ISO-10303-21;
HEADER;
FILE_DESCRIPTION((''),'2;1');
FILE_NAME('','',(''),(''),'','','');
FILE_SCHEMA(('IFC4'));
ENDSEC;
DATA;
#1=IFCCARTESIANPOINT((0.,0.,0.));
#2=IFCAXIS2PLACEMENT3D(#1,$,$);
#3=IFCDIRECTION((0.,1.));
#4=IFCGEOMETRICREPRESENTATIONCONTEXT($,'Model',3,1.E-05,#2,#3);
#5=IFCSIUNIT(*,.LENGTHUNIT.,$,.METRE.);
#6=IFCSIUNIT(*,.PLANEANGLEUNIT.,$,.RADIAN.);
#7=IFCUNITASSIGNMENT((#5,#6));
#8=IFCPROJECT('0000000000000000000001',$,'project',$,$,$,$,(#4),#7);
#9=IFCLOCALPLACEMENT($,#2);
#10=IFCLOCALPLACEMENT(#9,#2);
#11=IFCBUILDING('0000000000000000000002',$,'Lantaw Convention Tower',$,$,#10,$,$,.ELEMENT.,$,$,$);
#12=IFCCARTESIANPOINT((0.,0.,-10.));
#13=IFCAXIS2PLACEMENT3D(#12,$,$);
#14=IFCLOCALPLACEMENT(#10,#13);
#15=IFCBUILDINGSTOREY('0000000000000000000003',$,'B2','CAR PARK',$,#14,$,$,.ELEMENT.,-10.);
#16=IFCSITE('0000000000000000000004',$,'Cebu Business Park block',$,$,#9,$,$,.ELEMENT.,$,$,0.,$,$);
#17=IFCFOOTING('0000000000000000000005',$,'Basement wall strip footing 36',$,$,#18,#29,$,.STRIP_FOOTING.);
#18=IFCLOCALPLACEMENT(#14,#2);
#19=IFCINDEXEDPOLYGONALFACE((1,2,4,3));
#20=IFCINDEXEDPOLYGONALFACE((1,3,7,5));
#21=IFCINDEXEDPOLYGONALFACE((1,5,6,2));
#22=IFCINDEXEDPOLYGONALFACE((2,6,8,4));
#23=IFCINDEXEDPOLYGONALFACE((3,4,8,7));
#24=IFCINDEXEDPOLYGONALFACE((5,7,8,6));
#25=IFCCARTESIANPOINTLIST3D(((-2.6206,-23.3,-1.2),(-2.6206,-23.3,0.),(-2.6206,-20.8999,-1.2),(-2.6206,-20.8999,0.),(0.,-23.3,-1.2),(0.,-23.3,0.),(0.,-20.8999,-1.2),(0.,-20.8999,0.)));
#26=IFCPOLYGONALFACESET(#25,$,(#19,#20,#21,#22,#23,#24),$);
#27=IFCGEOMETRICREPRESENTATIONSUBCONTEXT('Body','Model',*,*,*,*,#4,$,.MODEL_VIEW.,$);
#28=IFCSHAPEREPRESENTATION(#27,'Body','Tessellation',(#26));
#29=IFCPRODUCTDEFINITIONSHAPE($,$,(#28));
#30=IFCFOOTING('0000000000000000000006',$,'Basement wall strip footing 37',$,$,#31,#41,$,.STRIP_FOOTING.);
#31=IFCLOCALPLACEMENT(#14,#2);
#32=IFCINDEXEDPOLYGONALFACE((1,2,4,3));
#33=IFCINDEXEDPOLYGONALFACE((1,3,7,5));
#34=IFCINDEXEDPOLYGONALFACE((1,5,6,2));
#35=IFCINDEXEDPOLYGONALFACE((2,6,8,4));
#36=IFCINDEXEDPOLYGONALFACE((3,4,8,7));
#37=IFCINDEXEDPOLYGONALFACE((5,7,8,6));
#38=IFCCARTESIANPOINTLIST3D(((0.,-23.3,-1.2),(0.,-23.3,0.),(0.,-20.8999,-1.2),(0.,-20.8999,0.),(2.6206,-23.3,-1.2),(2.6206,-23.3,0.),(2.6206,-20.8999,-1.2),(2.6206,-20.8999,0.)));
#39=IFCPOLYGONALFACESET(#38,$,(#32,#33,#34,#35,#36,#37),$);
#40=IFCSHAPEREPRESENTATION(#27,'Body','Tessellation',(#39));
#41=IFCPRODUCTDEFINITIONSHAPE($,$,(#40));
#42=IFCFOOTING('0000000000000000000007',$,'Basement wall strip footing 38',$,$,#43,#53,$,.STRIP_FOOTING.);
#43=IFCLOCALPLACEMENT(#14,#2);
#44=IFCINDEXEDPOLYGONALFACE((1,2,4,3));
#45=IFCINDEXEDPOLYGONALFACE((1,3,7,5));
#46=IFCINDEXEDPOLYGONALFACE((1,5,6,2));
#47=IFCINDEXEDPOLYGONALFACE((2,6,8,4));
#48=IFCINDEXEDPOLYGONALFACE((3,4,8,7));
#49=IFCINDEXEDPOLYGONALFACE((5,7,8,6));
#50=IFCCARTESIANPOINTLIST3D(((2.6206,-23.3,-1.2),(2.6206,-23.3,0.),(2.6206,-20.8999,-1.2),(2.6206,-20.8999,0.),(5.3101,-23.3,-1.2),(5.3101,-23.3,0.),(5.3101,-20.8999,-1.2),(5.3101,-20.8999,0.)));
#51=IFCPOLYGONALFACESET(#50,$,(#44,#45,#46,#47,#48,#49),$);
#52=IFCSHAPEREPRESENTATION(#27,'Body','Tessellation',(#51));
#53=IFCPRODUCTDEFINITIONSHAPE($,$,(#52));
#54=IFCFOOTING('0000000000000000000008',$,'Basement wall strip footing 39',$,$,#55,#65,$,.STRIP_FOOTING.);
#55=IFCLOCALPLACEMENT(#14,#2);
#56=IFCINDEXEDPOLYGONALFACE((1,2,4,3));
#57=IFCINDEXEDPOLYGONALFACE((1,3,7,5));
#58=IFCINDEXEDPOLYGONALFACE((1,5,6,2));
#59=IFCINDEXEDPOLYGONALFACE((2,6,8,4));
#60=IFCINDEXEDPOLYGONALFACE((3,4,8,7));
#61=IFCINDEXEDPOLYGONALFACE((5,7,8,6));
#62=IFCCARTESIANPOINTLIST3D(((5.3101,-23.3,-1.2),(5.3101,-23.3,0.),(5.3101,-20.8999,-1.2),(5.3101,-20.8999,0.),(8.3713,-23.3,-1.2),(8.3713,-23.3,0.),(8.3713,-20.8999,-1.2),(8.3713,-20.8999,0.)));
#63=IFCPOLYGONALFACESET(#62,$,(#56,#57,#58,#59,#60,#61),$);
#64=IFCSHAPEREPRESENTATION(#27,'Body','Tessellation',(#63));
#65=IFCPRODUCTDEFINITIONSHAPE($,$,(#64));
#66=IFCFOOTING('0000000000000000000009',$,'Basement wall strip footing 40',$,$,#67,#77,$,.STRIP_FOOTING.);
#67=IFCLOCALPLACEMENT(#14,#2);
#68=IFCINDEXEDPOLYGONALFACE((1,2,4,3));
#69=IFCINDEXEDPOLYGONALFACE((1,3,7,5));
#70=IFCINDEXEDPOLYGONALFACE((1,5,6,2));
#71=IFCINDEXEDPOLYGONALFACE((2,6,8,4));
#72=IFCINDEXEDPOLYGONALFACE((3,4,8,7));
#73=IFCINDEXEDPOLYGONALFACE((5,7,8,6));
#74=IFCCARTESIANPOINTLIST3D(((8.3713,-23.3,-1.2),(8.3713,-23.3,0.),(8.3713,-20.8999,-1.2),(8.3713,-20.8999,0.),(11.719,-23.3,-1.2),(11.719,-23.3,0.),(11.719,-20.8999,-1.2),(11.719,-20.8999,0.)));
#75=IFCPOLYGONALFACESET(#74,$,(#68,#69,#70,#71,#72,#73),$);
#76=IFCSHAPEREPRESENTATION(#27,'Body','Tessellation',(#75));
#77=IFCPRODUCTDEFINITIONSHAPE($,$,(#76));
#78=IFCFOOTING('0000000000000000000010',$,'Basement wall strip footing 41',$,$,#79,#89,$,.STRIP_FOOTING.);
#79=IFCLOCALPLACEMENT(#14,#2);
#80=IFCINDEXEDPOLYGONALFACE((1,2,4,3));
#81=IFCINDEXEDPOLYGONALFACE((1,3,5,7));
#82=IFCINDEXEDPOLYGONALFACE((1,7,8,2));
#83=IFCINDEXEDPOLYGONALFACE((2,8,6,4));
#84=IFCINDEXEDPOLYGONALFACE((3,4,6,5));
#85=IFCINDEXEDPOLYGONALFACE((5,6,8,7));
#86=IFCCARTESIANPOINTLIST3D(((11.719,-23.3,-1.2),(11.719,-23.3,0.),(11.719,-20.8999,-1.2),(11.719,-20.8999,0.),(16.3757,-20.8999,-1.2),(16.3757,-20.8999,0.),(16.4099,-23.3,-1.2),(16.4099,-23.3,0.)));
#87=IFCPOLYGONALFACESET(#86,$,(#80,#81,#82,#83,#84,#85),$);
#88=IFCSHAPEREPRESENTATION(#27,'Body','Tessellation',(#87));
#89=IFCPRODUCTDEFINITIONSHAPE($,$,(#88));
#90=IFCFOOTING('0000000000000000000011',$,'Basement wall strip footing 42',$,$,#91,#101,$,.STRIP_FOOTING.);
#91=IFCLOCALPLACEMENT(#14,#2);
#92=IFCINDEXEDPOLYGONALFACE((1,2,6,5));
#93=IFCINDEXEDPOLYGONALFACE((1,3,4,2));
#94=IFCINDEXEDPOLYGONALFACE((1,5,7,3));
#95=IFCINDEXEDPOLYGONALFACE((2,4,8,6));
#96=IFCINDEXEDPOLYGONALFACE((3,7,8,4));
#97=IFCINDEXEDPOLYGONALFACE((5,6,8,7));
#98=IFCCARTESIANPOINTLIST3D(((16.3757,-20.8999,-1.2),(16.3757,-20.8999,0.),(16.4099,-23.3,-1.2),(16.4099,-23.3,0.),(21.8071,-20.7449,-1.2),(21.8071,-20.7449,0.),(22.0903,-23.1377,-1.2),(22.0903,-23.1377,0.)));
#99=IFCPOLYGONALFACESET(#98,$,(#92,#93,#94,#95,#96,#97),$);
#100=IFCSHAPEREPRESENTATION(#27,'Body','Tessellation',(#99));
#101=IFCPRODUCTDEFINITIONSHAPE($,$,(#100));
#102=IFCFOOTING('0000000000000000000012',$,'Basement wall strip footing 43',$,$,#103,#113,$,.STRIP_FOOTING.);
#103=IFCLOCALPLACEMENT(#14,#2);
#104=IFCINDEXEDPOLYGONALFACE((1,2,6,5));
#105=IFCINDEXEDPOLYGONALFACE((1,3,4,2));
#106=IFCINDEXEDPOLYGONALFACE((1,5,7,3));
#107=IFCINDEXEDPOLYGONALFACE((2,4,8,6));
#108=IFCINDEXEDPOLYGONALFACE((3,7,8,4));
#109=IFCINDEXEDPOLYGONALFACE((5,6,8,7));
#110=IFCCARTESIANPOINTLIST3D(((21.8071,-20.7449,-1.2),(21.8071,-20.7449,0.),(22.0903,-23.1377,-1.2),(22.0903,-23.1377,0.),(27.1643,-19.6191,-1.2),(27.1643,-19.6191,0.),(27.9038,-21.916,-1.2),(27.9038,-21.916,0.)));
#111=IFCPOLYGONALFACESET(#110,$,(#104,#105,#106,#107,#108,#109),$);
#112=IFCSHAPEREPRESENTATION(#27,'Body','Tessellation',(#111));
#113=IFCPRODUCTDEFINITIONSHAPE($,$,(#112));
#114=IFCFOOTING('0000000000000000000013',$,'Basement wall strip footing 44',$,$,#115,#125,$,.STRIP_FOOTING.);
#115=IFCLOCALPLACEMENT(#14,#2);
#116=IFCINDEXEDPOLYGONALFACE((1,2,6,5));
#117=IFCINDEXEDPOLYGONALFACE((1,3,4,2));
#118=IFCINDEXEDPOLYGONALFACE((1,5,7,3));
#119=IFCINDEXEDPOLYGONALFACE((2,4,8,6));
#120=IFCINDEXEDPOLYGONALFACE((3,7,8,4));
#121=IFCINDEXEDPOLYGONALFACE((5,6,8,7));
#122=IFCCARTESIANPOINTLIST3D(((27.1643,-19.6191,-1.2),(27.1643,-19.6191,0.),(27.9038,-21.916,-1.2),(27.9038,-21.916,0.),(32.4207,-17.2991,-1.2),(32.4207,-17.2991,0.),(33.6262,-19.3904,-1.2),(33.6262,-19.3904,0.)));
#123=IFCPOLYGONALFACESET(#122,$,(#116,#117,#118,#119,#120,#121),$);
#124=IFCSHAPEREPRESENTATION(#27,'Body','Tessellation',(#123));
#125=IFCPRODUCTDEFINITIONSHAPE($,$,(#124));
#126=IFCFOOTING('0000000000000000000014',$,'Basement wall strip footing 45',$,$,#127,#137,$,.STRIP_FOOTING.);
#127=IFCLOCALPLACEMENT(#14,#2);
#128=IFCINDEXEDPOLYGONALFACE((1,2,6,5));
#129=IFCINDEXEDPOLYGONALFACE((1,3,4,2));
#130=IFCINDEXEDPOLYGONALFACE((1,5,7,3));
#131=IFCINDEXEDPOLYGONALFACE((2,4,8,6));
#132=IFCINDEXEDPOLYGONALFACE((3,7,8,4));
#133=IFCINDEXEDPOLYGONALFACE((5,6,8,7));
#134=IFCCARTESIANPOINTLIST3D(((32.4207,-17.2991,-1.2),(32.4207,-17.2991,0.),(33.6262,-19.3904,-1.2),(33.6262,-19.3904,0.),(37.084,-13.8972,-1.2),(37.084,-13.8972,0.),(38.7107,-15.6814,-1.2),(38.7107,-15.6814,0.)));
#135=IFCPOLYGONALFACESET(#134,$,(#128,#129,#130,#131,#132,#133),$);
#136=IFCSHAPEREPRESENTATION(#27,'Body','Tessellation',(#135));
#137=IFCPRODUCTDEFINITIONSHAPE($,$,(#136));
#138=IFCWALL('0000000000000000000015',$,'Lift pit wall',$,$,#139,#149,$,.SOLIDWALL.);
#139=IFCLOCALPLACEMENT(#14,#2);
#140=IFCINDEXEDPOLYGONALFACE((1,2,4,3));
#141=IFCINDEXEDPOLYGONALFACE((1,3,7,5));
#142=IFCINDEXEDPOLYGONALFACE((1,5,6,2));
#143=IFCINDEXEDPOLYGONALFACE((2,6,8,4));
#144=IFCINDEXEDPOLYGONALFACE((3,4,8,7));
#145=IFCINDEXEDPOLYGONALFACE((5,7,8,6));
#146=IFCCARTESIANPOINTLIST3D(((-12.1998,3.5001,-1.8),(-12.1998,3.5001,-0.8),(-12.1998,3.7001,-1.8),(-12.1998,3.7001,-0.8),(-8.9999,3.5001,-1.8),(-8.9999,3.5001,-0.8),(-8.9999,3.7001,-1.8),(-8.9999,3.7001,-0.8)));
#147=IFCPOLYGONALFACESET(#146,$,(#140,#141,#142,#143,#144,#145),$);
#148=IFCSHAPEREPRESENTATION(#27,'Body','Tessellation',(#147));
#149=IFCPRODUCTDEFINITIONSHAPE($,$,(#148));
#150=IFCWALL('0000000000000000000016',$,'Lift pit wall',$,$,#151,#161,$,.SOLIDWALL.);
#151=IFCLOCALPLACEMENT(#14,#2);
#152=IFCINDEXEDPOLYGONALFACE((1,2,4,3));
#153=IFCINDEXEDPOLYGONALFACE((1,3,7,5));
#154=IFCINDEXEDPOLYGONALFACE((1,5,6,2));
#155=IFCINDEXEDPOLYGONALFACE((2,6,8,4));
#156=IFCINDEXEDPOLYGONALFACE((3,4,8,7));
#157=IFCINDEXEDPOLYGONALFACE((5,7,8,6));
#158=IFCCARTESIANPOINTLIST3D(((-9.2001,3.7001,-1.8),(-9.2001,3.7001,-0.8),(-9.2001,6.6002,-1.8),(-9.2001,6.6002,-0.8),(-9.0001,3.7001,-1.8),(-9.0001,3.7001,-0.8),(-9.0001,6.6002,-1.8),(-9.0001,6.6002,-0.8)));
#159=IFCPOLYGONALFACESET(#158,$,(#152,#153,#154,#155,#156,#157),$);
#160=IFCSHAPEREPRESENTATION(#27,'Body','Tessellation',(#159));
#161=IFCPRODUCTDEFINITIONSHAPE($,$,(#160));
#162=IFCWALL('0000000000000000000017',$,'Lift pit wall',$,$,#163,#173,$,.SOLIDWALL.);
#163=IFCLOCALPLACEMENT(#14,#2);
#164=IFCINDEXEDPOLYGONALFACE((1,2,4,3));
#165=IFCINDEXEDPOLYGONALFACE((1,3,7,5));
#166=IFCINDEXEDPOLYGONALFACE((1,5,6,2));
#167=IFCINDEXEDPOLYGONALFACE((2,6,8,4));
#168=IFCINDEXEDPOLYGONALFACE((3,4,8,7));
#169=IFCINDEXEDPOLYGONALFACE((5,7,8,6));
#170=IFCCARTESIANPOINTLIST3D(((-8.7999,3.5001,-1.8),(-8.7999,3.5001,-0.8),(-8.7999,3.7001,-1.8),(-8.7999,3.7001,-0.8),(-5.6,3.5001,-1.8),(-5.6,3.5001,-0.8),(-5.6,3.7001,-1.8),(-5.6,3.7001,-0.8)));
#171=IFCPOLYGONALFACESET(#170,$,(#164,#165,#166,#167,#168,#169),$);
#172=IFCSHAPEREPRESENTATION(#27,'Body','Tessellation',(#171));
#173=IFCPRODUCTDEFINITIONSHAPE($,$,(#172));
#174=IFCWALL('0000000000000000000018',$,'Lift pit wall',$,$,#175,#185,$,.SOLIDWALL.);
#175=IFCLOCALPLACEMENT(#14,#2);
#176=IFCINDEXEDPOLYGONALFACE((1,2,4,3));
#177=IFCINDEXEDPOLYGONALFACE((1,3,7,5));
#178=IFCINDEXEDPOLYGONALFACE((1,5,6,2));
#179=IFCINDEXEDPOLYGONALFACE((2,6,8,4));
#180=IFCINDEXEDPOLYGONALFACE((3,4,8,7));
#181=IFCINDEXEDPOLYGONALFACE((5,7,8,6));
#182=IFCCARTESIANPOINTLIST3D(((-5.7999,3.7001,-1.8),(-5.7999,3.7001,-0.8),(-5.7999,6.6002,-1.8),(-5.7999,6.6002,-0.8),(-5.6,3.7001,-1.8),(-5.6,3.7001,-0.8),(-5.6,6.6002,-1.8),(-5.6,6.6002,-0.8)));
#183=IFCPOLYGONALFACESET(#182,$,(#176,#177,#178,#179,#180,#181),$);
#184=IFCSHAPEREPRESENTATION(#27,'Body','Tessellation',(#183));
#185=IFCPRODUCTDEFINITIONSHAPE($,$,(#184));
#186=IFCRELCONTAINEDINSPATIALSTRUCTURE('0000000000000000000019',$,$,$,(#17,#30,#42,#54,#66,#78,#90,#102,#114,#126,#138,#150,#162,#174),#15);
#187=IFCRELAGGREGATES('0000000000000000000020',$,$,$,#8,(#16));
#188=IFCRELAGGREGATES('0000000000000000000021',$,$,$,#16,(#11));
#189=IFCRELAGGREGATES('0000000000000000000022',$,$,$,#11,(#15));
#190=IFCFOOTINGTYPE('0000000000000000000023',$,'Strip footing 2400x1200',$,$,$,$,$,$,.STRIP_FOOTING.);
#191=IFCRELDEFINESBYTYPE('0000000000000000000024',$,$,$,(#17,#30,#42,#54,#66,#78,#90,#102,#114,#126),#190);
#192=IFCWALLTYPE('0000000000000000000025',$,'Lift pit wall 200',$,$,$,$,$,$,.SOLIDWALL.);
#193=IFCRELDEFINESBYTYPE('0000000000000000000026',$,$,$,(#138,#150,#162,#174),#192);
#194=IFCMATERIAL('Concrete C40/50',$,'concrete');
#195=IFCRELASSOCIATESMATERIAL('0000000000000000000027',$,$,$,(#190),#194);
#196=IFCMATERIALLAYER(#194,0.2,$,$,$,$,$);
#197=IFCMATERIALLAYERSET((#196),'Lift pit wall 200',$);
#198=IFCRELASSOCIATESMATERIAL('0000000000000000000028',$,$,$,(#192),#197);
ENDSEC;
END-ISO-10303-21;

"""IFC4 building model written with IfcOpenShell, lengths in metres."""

from ifc_helpers import new_model, si_unit, direction, frame, frame_2d, origin, place, context, subcontext, project, spatial, polyline, rectangle, outline, extrude, material, layer, layer_set, type_object, element, save


model = new_model("IFC4")

# Units and contexts
model_context = context("Model", 3, precision=1e-05, world=origin(), true_north=direction((0.0, 1.0)))
body_context = subcontext(model_context, "Body", "Model", "MODEL_VIEW")
ifc_project = project(units=[si_unit("LENGTHUNIT", "METRE"), si_unit("PLANEANGLEUNIT", "RADIAN")], contexts=[model_context])

# Site, building, storey
site_placement = place(None, origin())
site = spatial("IfcSite", under=ifc_project, at=site_placement, Name="Cebu Business Park block", CompositionType="ELEMENT", RefElevation=0.0)
building_placement = place(site_placement, origin())
building = spatial("IfcBuilding", under=site, at=building_placement, Name="Lantaw Convention Tower", CompositionType="ELEMENT")
storey_placement = place(building_placement, frame((0.0, 0.0, -10.0)))
storey = spatial("IfcBuildingStorey", under=building, at=storey_placement, Name="B2", Description="CAR PARK", CompositionType="ELEMENT", Elevation=-10.0)

# Footings
ifc_material_1 = material(Name="Concrete C40/50", Category="concrete")
footing_type = type_object("IfcFootingType", Name="Strip footing 2400x1200", PredefinedType="STRIP_FOOTING", material=ifc_material_1)
footing_1_placement = place(storey_placement, frame((0.0, 0.0, -1.2)))
element("IfcFooting", 1, at=footing_1_placement, inside=storey, type_object=footing_type, Name="Basement wall strip footing 36", PredefinedType="STRIP_FOOTING", context=body_context, shape_type="SweptSolid", body=[
    extrude(outline(polyline([(-2.6206, -23.3), (0.0, -23.3), (0.0, -20.8999), (-2.6206, -20.8999), (-2.6206, -23.3)])), origin(), (0.0, 0.0, 1.0), 1.2),
])
footing_2_placement = place(storey_placement, frame((0.0, 0.0, -1.2)))
element("IfcFooting", 2, at=footing_2_placement, inside=storey, type_object=footing_type, Name="Basement wall strip footing 37", PredefinedType="STRIP_FOOTING", context=body_context, shape_type="SweptSolid", body=[
    extrude(outline(polyline([(0.0, -23.3), (2.6206, -23.3), (2.6206, -20.8999), (0.0, -20.8999), (0.0, -23.3)])), origin(), (0.0, 0.0, 1.0), 1.2),
])
footing_3_placement = place(storey_placement, frame((0.0, 0.0, -1.2)))
element("IfcFooting", 3, at=footing_3_placement, inside=storey, type_object=footing_type, Name="Basement wall strip footing 38", PredefinedType="STRIP_FOOTING", context=body_context, shape_type="SweptSolid", body=[
    extrude(outline(polyline([(2.6206, -23.3), (5.3101, -23.3), (5.3101, -20.8999), (2.6206, -20.8999), (2.6206, -23.3)])), origin(), (0.0, 0.0, 1.0), 1.2),
])
footing_4_placement = place(storey_placement, frame((0.0, 0.0, -1.2)))
element("IfcFooting", 4, at=footing_4_placement, inside=storey, type_object=footing_type, Name="Basement wall strip footing 39", PredefinedType="STRIP_FOOTING", context=body_context, shape_type="SweptSolid", body=[
    extrude(outline(polyline([(5.3101, -23.3), (8.3713, -23.3), (8.3713, -20.8999), (5.3101, -20.8999), (5.3101, -23.3)])), origin(), (0.0, 0.0, 1.0), 1.2),
])
footing_5_placement = place(storey_placement, frame((0.0, 0.0, -1.2)))
element("IfcFooting", 5, at=footing_5_placement, inside=storey, type_object=footing_type, Name="Basement wall strip footing 40", PredefinedType="STRIP_FOOTING", context=body_context, shape_type="SweptSolid", body=[
    extrude(outline(polyline([(8.3713, -23.3), (11.719, -23.3), (11.719, -20.8999), (8.3713, -20.8999), (8.3713, -23.3)])), origin(), (0.0, 0.0, 1.0), 1.2),
])
footing_6_placement = place(storey_placement, frame((0.0, 0.0, -1.2)))
element("IfcFooting", 6, at=footing_6_placement, inside=storey, type_object=footing_type, Name="Basement wall strip footing 41", PredefinedType="STRIP_FOOTING", context=body_context, shape_type="SweptSolid", body=[
    extrude(outline(polyline([(11.719, -23.3), (16.4099, -23.3), (16.3757, -20.8999), (11.719, -20.8999), (11.719, -23.3)])), origin(), (0.0, 0.0, 1.0), 1.2),
])
footing_7_placement = place(storey_placement, frame((0.0, 0.0, -1.2)))
element("IfcFooting", 7, at=footing_7_placement, inside=storey, type_object=footing_type, Name="Basement wall strip footing 42", PredefinedType="STRIP_FOOTING", context=body_context, shape_type="SweptSolid", body=[
    extrude(outline(polyline([(16.4099, -23.3), (22.0903, -23.1377), (21.8071, -20.7449), (16.3757, -20.8999), (16.4099, -23.3)])), origin(), (0.0, 0.0, 1.0), 1.2),
])
footing_8_placement = place(storey_placement, frame((0.0, 0.0, -1.2)))
element("IfcFooting", 8, at=footing_8_placement, inside=storey, type_object=footing_type, Name="Basement wall strip footing 43", PredefinedType="STRIP_FOOTING", context=body_context, shape_type="SweptSolid", body=[
    extrude(outline(polyline([(22.0903, -23.1377), (27.9038, -21.916), (27.1643, -19.6191), (21.8071, -20.7449), (22.0903, -23.1377)])), origin(), (0.0, 0.0, 1.0), 1.2),
])
footing_9_placement = place(storey_placement, frame((0.0, 0.0, -1.2)))
element("IfcFooting", 9, at=footing_9_placement, inside=storey, type_object=footing_type, Name="Basement wall strip footing 44", PredefinedType="STRIP_FOOTING", context=body_context, shape_type="SweptSolid", body=[
    extrude(outline(polyline([(27.9038, -21.916), (33.6262, -19.3904), (32.4207, -17.2991), (27.1643, -19.6191), (27.9038, -21.916)])), origin(), (0.0, 0.0, 1.0), 1.2),
])
footing_10_placement = place(storey_placement, frame((0.0, 0.0, -1.2)))
element("IfcFooting", 10, at=footing_10_placement, inside=storey, type_object=footing_type, Name="Basement wall strip footing 45", PredefinedType="STRIP_FOOTING", context=body_context, shape_type="SweptSolid", body=[
    extrude(outline(polyline([(33.6262, -19.3904), (38.7107, -15.6814), (37.084, -13.8972), (32.4207, -17.2991), (33.6262, -19.3904)])), origin(), (0.0, 0.0, 1.0), 1.2),
])

# Walls
ifc_layer_1 = layer(ifc_material_1, 0.2)
ifc_layer_set_1 = layer_set([ifc_layer_1], Name="Lift pit wall 200")
wall_type_1 = type_object("IfcWallType", Name="Lift pit wall 200", PredefinedType="SOLIDWALL", material=ifc_layer_set_1)
wall_1_placement = place(storey_placement, frame((-12.2, 3.6001, -1.8), z_axis=(0.0, 0.0, 1.0), x_axis=(1.0, 0.0, 0.0)))
element("IfcWall", 11, at=wall_1_placement, inside=storey, type_object=wall_type_1, Name="Lift pit wall", PredefinedType="SOLIDWALL", context=body_context, shape_type="SweptSolid", body=[
    extrude(rectangle(XDim=3.2, YDim=0.2, at=frame_2d((1.6001, 0.0))), origin(), (0.0, 0.0, 1.0), 1.0),
])
wall_2_placement = place(storey_placement, frame((-9.1001, 3.7, -1.8), z_axis=(0.0, 0.0, 1.0), x_axis=(0.0, 1.0, 0.0)))
element("IfcWall", 12, at=wall_2_placement, inside=storey, type_object=wall_type_1, Name="Lift pit wall", PredefinedType="SOLIDWALL", context=body_context, shape_type="SweptSolid", body=[
    extrude(rectangle(XDim=2.9001, YDim=0.2, at=frame_2d((1.4502, 0.0))), origin(), (0.0, 0.0, 1.0), 1.0),
])
wall_3_placement = place(storey_placement, frame((-8.8, 3.6001, -1.8), z_axis=(0.0, 0.0, 1.0), x_axis=(1.0, 0.0, 0.0)))
element("IfcWall", 13, at=wall_3_placement, inside=storey, type_object=wall_type_1, Name="Lift pit wall", PredefinedType="SOLIDWALL", context=body_context, shape_type="SweptSolid", body=[
    extrude(rectangle(XDim=3.2, YDim=0.2, at=frame_2d((1.6001, 0.0))), origin(), (0.0, 0.0, 1.0), 1.0),
])
wall_4_placement = place(storey_placement, frame((-5.7, 3.7, -1.8), z_axis=(0.0, 0.0, 1.0), x_axis=(0.0, 1.0, 0.0)))
element("IfcWall", 14, at=wall_4_placement, inside=storey, type_object=wall_type_1, Name="Lift pit wall", PredefinedType="SOLIDWALL", context=body_context, shape_type="SweptSolid", body=[
    extrude(rectangle(XDim=2.9001, YDim=0.2, at=frame_2d((1.4502, 0.0))), origin(), (0.0, 0.0, 1.0), 1.0),
])

save(model, "model.ifc")
